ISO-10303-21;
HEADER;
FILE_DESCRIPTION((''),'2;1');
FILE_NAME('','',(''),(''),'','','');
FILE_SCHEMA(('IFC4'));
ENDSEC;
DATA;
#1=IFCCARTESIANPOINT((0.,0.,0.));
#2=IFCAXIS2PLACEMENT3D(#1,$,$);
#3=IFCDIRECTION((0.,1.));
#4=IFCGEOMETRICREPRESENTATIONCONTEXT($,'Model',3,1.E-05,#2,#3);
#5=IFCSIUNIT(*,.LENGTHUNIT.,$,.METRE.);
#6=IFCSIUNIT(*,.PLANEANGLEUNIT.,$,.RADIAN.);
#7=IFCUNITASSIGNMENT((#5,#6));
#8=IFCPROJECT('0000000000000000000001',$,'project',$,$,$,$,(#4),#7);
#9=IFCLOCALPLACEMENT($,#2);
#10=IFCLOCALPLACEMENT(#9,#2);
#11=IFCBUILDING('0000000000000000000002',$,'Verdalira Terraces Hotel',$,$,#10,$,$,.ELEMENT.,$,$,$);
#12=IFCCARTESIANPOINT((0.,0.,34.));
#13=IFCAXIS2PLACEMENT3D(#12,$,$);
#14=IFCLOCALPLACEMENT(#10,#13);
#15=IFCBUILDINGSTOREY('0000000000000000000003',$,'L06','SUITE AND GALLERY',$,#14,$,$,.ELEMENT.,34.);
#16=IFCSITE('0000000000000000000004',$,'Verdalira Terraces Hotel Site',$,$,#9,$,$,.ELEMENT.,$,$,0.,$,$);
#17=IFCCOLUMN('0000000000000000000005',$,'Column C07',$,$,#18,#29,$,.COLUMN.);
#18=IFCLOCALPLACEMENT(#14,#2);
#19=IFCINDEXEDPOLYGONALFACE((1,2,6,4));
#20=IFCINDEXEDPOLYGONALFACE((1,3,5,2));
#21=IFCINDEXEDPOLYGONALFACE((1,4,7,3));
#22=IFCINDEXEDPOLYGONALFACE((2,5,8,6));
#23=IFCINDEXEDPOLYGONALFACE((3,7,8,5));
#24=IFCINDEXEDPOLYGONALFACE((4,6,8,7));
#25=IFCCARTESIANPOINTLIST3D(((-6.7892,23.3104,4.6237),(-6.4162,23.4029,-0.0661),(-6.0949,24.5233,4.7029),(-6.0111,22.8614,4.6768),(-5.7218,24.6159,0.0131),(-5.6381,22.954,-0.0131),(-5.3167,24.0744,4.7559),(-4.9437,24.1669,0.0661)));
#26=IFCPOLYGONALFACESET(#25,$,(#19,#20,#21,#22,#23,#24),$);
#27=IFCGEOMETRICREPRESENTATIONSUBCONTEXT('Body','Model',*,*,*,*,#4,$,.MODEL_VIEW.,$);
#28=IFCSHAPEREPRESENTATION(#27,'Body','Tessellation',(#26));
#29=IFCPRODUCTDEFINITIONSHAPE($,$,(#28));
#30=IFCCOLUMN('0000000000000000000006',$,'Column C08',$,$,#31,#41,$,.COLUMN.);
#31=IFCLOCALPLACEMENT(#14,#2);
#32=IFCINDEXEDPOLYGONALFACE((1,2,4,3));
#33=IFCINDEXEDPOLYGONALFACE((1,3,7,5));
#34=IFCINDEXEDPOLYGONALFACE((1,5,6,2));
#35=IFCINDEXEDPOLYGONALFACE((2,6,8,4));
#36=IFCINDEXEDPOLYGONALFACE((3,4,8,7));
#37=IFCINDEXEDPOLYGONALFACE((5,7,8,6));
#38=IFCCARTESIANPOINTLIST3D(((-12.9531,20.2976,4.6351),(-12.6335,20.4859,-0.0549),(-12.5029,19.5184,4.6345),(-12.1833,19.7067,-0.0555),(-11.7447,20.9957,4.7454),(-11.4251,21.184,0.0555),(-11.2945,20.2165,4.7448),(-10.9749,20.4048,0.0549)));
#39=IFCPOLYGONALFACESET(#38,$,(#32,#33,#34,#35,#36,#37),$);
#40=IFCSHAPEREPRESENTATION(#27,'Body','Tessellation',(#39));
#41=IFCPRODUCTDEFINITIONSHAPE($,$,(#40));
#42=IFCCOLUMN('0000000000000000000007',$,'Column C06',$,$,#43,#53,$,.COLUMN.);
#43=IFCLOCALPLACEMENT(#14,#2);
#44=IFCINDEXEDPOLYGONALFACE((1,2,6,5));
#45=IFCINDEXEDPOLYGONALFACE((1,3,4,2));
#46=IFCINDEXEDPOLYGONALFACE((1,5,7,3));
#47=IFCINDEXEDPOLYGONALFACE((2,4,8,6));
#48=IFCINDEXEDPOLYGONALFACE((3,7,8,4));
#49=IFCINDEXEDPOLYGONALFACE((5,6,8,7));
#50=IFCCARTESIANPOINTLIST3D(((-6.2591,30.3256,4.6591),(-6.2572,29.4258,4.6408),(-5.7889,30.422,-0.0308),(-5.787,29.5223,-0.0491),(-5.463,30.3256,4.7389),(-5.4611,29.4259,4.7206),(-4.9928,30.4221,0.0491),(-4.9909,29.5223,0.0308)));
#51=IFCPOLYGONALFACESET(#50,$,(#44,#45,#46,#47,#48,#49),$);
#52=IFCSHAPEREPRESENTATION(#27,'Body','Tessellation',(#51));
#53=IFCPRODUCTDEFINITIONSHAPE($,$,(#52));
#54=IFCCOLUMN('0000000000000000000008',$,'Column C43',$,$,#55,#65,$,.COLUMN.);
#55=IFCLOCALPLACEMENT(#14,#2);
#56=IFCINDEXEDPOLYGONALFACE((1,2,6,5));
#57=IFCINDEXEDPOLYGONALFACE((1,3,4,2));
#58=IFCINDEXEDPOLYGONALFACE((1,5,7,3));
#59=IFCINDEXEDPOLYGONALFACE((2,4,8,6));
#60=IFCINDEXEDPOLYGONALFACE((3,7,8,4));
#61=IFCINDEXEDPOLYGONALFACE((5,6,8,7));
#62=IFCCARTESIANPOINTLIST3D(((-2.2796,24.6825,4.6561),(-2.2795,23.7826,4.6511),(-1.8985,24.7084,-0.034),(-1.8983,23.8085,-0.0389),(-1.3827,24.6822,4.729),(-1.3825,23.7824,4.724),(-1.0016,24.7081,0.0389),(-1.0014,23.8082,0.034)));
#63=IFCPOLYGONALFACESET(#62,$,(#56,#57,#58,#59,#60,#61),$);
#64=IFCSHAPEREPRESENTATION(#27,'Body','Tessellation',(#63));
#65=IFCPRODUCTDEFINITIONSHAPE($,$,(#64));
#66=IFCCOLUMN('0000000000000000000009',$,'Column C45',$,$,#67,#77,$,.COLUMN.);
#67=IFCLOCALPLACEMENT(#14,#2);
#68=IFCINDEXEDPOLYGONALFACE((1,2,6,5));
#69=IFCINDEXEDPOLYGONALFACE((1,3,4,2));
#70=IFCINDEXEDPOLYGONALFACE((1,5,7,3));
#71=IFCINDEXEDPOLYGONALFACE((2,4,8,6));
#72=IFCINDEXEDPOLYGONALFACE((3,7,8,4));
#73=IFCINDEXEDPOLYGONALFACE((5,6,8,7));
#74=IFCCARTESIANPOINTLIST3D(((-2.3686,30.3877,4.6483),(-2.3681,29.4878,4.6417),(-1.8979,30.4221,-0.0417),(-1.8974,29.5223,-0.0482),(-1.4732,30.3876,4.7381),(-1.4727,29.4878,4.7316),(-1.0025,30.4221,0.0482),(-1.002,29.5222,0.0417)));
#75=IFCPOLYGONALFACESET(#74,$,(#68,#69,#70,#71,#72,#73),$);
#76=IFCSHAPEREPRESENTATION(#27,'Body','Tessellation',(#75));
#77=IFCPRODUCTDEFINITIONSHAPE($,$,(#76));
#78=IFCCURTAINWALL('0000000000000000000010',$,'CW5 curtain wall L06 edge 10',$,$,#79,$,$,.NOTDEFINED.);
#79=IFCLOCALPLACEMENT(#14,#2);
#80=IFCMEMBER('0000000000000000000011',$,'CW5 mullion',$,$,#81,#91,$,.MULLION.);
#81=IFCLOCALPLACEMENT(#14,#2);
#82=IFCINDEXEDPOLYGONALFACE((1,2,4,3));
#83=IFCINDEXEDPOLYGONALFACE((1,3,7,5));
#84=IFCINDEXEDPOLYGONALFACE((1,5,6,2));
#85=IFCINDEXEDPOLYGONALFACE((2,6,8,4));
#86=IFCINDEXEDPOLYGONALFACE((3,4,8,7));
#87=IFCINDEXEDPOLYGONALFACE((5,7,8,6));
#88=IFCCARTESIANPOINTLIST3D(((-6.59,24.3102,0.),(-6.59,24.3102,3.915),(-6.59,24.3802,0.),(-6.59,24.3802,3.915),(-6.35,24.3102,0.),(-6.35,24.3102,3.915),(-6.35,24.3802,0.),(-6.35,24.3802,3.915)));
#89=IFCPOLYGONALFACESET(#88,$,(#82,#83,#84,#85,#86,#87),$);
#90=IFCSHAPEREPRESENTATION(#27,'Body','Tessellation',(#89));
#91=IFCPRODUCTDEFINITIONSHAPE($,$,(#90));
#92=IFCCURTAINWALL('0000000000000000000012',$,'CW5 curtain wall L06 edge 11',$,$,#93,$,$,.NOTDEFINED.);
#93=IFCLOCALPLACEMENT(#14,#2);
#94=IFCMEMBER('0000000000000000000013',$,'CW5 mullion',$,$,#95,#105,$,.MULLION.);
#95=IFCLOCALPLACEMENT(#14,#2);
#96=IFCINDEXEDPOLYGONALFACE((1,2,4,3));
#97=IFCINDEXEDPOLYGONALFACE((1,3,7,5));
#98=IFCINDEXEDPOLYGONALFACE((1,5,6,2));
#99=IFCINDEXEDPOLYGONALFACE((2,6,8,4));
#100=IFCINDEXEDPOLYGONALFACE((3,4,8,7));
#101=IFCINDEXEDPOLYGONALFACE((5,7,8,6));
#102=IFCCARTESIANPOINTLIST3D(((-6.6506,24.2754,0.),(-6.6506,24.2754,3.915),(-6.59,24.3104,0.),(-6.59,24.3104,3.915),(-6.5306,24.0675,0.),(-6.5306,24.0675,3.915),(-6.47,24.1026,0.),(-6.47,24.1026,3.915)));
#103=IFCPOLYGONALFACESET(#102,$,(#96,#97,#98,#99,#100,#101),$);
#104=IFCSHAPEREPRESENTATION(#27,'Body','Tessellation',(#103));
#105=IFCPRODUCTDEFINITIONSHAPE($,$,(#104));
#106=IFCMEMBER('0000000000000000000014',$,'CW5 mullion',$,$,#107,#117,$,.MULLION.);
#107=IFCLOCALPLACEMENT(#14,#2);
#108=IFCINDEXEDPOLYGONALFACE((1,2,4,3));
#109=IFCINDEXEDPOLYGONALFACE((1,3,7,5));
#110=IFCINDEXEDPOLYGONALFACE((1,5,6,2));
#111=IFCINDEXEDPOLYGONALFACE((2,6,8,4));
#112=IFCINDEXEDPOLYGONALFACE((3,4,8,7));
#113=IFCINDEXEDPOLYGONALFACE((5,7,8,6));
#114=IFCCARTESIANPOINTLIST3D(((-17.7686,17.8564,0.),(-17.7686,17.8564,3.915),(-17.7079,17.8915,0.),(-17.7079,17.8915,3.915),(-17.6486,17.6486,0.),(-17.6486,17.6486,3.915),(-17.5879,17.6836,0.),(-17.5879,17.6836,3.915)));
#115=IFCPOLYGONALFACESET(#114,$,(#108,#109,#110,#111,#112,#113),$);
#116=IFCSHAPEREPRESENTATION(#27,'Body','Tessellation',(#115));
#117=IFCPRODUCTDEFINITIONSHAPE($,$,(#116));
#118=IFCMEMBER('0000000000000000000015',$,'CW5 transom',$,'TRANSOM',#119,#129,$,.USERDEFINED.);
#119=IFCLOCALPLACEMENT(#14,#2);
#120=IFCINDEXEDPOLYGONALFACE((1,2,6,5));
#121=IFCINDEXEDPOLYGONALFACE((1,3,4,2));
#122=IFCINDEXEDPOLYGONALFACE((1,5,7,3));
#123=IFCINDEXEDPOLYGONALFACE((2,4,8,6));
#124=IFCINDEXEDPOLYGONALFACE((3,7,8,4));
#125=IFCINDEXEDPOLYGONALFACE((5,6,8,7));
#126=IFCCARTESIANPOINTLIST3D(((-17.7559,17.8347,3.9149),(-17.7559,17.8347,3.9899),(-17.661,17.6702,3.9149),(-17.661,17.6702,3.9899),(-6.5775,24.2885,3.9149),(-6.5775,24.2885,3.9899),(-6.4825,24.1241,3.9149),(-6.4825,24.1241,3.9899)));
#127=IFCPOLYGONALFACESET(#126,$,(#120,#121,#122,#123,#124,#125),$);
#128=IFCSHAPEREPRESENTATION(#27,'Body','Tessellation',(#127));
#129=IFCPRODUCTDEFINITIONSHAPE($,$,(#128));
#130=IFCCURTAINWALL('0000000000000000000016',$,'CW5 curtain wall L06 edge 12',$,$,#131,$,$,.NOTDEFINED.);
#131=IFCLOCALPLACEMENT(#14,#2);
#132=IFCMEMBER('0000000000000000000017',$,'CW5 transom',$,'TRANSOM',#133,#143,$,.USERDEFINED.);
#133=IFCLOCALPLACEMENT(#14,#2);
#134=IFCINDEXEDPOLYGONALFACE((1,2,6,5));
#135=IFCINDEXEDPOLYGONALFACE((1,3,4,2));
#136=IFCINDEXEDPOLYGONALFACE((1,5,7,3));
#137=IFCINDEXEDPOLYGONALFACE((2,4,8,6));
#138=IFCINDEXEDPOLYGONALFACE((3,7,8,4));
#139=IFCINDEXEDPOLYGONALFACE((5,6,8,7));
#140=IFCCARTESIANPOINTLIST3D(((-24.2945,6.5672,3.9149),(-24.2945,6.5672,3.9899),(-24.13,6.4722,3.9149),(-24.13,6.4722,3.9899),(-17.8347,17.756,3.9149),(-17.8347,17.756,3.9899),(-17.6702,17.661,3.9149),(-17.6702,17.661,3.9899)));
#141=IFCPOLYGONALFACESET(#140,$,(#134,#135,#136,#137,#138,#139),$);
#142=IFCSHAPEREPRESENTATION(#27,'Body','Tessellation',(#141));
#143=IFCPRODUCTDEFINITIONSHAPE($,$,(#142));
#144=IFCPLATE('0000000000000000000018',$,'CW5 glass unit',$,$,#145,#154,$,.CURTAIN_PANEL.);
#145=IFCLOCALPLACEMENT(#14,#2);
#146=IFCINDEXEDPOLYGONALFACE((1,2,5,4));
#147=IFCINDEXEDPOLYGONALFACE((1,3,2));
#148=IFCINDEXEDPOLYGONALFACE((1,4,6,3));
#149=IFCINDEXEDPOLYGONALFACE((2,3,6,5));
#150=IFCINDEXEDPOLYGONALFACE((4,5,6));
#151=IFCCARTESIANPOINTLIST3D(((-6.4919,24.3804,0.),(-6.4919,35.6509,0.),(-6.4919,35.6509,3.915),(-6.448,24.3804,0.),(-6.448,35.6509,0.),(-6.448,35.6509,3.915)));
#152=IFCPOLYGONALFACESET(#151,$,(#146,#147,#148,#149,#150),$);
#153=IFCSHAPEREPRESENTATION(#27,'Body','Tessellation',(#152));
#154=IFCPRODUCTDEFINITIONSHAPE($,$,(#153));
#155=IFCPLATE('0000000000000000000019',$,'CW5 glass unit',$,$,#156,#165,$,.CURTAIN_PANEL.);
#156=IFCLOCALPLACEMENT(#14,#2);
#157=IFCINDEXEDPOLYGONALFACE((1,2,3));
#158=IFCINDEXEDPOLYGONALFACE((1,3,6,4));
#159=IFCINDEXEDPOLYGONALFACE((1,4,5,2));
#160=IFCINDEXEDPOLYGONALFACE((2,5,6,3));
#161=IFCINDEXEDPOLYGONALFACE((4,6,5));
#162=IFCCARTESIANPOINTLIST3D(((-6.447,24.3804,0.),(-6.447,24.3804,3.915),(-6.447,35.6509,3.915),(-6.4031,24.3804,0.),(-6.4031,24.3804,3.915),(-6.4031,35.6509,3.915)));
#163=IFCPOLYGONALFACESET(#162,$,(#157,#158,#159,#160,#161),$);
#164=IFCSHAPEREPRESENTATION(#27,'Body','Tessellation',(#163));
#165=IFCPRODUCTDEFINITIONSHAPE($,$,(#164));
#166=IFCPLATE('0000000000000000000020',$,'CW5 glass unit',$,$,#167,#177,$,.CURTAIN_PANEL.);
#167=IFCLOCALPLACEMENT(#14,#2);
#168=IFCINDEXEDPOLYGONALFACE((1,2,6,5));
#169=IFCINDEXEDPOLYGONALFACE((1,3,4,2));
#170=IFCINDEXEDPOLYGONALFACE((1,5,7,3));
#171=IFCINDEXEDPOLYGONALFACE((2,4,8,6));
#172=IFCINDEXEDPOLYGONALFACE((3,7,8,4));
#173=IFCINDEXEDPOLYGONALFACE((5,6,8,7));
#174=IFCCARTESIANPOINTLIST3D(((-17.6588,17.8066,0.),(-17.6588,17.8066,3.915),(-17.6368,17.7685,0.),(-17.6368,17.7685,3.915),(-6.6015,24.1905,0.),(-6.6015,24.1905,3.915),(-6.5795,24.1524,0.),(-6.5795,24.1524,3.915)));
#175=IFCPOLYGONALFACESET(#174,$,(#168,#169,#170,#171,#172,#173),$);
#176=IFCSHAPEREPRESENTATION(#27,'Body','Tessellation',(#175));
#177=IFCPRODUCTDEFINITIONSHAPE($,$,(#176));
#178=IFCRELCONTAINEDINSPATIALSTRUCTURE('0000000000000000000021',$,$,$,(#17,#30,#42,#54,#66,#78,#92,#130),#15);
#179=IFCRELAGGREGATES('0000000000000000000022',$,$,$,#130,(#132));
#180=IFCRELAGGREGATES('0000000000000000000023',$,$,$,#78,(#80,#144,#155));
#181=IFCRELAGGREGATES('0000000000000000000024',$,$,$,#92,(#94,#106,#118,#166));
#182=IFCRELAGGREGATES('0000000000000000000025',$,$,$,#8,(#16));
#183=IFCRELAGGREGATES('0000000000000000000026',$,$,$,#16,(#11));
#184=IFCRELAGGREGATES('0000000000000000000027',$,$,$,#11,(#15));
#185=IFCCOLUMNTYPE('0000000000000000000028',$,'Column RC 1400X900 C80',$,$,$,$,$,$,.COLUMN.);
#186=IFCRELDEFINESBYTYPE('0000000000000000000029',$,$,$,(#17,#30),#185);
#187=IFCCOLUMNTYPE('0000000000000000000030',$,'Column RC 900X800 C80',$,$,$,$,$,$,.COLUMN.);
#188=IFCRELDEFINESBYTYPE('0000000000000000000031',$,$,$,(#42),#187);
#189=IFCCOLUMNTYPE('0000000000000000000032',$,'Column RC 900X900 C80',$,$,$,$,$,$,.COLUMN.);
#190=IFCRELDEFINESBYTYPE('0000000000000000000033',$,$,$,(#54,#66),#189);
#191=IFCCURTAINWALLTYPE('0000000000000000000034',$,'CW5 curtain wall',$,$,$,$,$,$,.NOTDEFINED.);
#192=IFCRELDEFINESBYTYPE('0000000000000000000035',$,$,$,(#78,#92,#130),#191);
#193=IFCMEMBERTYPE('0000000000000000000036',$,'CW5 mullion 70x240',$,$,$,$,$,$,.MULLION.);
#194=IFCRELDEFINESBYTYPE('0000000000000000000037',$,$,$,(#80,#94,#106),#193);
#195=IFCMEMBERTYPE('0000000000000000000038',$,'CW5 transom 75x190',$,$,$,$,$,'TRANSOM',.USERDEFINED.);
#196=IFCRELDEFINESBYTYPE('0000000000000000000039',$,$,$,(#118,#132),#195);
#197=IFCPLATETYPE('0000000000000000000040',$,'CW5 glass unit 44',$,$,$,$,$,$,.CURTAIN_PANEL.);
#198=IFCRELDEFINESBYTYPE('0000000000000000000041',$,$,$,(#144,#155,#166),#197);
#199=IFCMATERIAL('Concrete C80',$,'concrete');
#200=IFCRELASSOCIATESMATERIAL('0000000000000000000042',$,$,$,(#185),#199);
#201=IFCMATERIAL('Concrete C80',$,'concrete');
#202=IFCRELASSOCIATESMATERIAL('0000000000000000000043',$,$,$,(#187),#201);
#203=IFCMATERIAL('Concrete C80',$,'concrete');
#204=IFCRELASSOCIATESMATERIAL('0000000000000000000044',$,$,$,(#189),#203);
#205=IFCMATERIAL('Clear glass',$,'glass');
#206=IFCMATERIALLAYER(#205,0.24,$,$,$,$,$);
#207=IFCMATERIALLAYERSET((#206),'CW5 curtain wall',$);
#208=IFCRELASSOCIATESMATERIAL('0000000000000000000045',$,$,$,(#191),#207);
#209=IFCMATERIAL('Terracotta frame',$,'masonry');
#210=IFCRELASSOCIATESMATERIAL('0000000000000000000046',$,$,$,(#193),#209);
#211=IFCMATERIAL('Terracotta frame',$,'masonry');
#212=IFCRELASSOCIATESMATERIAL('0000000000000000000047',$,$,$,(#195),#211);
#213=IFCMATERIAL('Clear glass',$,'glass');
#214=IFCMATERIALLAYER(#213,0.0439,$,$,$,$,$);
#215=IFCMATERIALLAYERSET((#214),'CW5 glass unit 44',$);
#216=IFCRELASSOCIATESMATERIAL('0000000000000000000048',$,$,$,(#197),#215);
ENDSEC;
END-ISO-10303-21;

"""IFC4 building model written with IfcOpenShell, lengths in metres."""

from ifc_helpers import new_model, si_unit, direction, frame, origin, origin_2d, place, context, subcontext, project, spatial, polyline, rectangle, outline, extrude, material, layer, layer_set, material_profile, profile_set, type_object, element, aggregate, save


model = new_model("IFC4")

# Units and contexts
model_context = context("Model", 3, precision=1e-05, world=origin(), true_north=direction((0.0, 1.0)))
body_context = subcontext(model_context, "Body", "Model", "MODEL_VIEW")
ifc_project = project(units=[si_unit("LENGTHUNIT", "METRE"), si_unit("PLANEANGLEUNIT", "RADIAN")], contexts=[model_context])

# Site, building, storey
site_placement = place(None, origin())
site = spatial("IfcSite", under=ifc_project, at=site_placement, Name="Verdalira Terraces Hotel Site", CompositionType="ELEMENT", RefElevation=0.0)
building_placement = place(site_placement, origin())
building = spatial("IfcBuilding", under=site, at=building_placement, Name="Verdalira Terraces Hotel", CompositionType="ELEMENT")
storey_placement = place(building_placement, frame((0.0, 0.0, 34.0)))
storey = spatial("IfcBuildingStorey", under=building, at=storey_placement, Name="L06", Description="SUITE AND GALLERY", CompositionType="ELEMENT", Elevation=34.0)

# Columns
ifc_material_1 = material(Name="Concrete C80", Category="concrete")
ifc_material_profile_1 = material_profile(ifc_material_1, rectangle(XDim=1.3999, YDim=0.8999, at=origin_2d()), Name="RC 1400X900")
ifc_profile_set_1 = profile_set([ifc_material_profile_1], Name="Concrete C80")
column_type_1 = type_object("IfcColumnType", Name="Column RC 1400X900 C80", PredefinedType="COLUMN", material=ifc_profile_set_1)
column_1_placement = place(storey_placement, frame((-5.6799, 23.7849, 0.0), z_axis=(-0.079276, -0.019663, 0.996659), x_axis=(0.496015, 0.86647, 0.056549)))
element("IfcColumn", 1, at=column_1_placement, inside=storey, type_object=column_type_1, Name="Column C07", PredefinedType="COLUMN", context=body_context, shape_type="SweptSolid", body=[
    extrude(rectangle(XDim=1.3999, YDim=0.8999, at=origin_2d()), origin(), (0.0, 0.0, 1.0), 4.7056),
])
column_2_placement = place(storey_placement, frame((-11.8042, 20.4453, 0.0), z_axis=(-0.06793, -0.04001, 0.996888), x_axis=(-0.863199, -0.498671, -0.078834)))
element("IfcColumn", 2, at=column_2_placement, inside=storey, type_object=column_type_1, Name="Column C08", PredefinedType="COLUMN", context=body_context, shape_type="SweptSolid", body=[
    extrude(rectangle(XDim=1.3999, YDim=0.8999, at=origin_2d()), origin(), (0.0, 0.0, 1.0), 4.7046),
])
ifc_material_2 = material(Name="Concrete C80", Category="concrete")
ifc_material_profile_2 = material_profile(ifc_material_2, rectangle(XDim=0.8999, YDim=0.8, at=origin_2d()), Name="RC 900X800")
ifc_profile_set_2 = profile_set([ifc_material_profile_2], Name="Concrete C80")
column_type_2 = type_object("IfcColumnType", Name="Column RC 900X800 C80", PredefinedType="COLUMN", material=ifc_profile_set_2)
column_3_placement = place(storey_placement, frame((-5.3899, 29.9722, 0.0), z_axis=(-0.099739, -0.020455, 0.994803), x_axis=(0.002132, -0.999791, -0.020344)))
element("IfcColumn", 3, at=column_3_placement, inside=storey, type_object=column_type_2, Name="Column C06", PredefinedType="COLUMN", context=body_context, shape_type="SweptSolid", body=[
    extrude(rectangle(XDim=0.8999, YDim=0.8, at=origin_2d()), origin(), (0.0, 0.0, 1.0), 4.7144),
])
ifc_material_3 = material(Name="Concrete C80", Category="concrete")
ifc_material_profile_3 = material_profile(ifc_material_3, rectangle(XDim=0.8999, YDim=0.8999, at=origin_2d()), Name="RC 900X900")
ifc_profile_set_3 = profile_set([ifc_material_profile_3], Name="Concrete C80")
column_type_3 = type_object("IfcColumnType", Name="Column RC 900X900 C80", PredefinedType="COLUMN", material=ifc_profile_set_3)
column_4_placement = place(storey_placement, frame((-1.45, 24.2583, 0.0), z_axis=(-0.080992, -0.0055, 0.9967), x_axis=(-0.000168, 0.999985, 0.005504)))
element("IfcColumn", 4, at=column_4_placement, inside=storey, type_object=column_type_3, Name="Column C43", PredefinedType="COLUMN", context=body_context, shape_type="SweptSolid", body=[
    extrude(rectangle(XDim=0.8999, YDim=0.8999, at=origin_2d()), origin(), (0.0, 0.0, 1.0), 4.7056),
])
column_5_placement = place(storey_placement, frame((-1.45, 29.9722, 0.0), z_axis=(-0.09986, -0.007303, 0.994975), x_axis=(-0.000641, 0.999973, 0.007275)))
element("IfcColumn", 5, at=column_5_placement, inside=storey, type_object=column_type_3, Name="Column C45", PredefinedType="COLUMN", context=body_context, shape_type="SweptSolid", body=[
    extrude(rectangle(XDim=0.8999, YDim=0.8999, at=origin_2d()), origin(), (0.0, 0.0, 1.0), 4.7136),
])

# Curtain wall, member
ifc_material_4 = material(Name="Clear glass", Category="glass")
ifc_layer_1 = layer(ifc_material_4, 0.24)
ifc_layer_set_1 = layer_set([ifc_layer_1], Name="CW5 curtain wall")
curtain_wall_type = type_object("IfcCurtainWallType", Name="CW5 curtain wall", PredefinedType="NOTDEFINED", material=ifc_layer_set_1)
curtain_wall_1_placement = place(storey_placement, origin())
curtain_wall_1 = element("IfcCurtainWall", 6, at=curtain_wall_1_placement, inside=storey, type_object=curtain_wall_type, Name="CW5 curtain wall L06 edge 10", PredefinedType="NOTDEFINED")
ifc_material_5 = material(Name="Terracotta frame", Category="masonry")
ifc_material_profile_4 = material_profile(ifc_material_5, rectangle(XDim=0.0701, YDim=0.24, at=origin_2d()), Name="MU 70x240")
ifc_profile_set_4 = profile_set([ifc_material_profile_4], Name="Terracotta frame")
member_type_1 = type_object("IfcMemberType", Name="CW5 mullion 70x240", PredefinedType="MULLION", material=ifc_profile_set_4)
member_1_placement = place(storey_placement, frame((-6.47, 24.3452, 0.0), z_axis=(0.0, 0.0, 1.0), x_axis=(0.0, -1.0, 0.0)))
member_1 = element("IfcMember", 7, at=member_1_placement, type_object=member_type_1, Name="CW5 mullion", PredefinedType="MULLION", context=body_context, shape_type="SweptSolid", body=[
    extrude(rectangle(XDim=0.0701, YDim=0.24, at=origin_2d()), origin(), (0.0, 0.0, 1.0), 3.915),
])

# Curtain wall, members
curtain_wall_2_placement = place(storey_placement, origin())
curtain_wall_2 = element("IfcCurtainWall", 8, at=curtain_wall_2_placement, inside=storey, type_object=curtain_wall_type, Name="CW5 curtain wall L06 edge 11", PredefinedType="NOTDEFINED")
member_2_placement = place(storey_placement, frame((-6.5603, 24.189, 0.0), z_axis=(0.0, 0.0, 1.0), x_axis=(-0.866025, -0.5, 0.0)))
member_2 = element("IfcMember", 9, at=member_2_placement, type_object=member_type_1, Name="CW5 mullion", PredefinedType="MULLION", context=body_context, shape_type="SweptSolid", body=[
    extrude(rectangle(XDim=0.0701, YDim=0.24, at=origin_2d()), origin(), (0.0, 0.0, 1.0), 3.915),
])
member_3_placement = place(storey_placement, frame((-17.6782, 17.77, 0.0), z_axis=(0.0, 0.0, 1.0), x_axis=(-0.866025, -0.5, 0.0)))
member_3 = element("IfcMember", 10, at=member_3_placement, type_object=member_type_1, Name="CW5 mullion", PredefinedType="MULLION", context=body_context, shape_type="SweptSolid", body=[
    extrude(rectangle(XDim=0.0701, YDim=0.24, at=origin_2d()), origin(), (0.0, 0.0, 1.0), 3.915),
])
ifc_material_6 = material(Name="Terracotta frame", Category="masonry")
ifc_material_profile_5 = material_profile(ifc_material_6, rectangle(XDim=0.1899, YDim=0.075, at=origin_2d()), Name="TR 75x190")
ifc_profile_set_5 = profile_set([ifc_material_profile_5], Name="Terracotta frame")
member_type_2 = type_object("IfcMemberType", Name="CW5 transom 75x190", ElementType="TRANSOM", PredefinedType="USERDEFINED", material=ifc_profile_set_5)
member_4_placement = place(storey_placement, frame((-6.53, 24.2063, 3.9524), z_axis=(-0.866027, -0.499998, 0.0), x_axis=(0.499998, -0.866027, 0.0)))
member_4 = element("IfcMember", 11, at=member_4_placement, type_object=member_type_2, Name="CW5 transom", ObjectType="TRANSOM", PredefinedType="USERDEFINED", context=body_context, shape_type="SweptSolid", body=[
    extrude(rectangle(XDim=0.1899, YDim=0.075, at=origin_2d()), origin(), (0.0, 0.0, 1.0), 12.9077),
])

# Curtain wall, member
curtain_wall_3_placement = place(storey_placement, origin())
curtain_wall_3 = element("IfcCurtainWall", 12, at=curtain_wall_3_placement, inside=storey, type_object=curtain_wall_type, Name="CW5 curtain wall L06 edge 12", PredefinedType="NOTDEFINED")
member_5_placement = place(storey_placement, frame((-17.7524, 17.7085, 3.9524), z_axis=(-0.499995, -0.866029, 0.0), x_axis=(0.866029, -0.499995, 0.0)))
member_5 = element("IfcMember", 13, at=member_5_placement, type_object=member_type_2, Name="CW5 transom", ObjectType="TRANSOM", PredefinedType="USERDEFINED", context=body_context, shape_type="SweptSolid", body=[
    extrude(rectangle(XDim=0.1899, YDim=0.075, at=origin_2d()), origin(), (0.0, 0.0, 1.0), 12.9197),
])
aggregate(curtain_wall_3, [member_5])

# Plates
ifc_material_7 = material(Name="Clear glass", Category="glass")
ifc_layer_2 = layer(ifc_material_7, 0.0439)
ifc_layer_set_2 = layer_set([ifc_layer_2], Name="CW5 glass unit 44")
plate_type = type_object("IfcPlateType", Name="CW5 glass unit 44", PredefinedType="CURTAIN_PANEL", material=ifc_layer_set_2)
plate_1_placement = place(storey_placement, frame((-6.448, 30.0156, 1.9575), z_axis=(-1.0, 0.0, 0.0), x_axis=(0.0, -1.0, 0.0)))
plate_1 = element("IfcPlate", 14, at=plate_1_placement, type_object=plate_type, Name="CW5 glass unit", PredefinedType="CURTAIN_PANEL", context=body_context, shape_type="SweptSolid", body=[
    extrude(outline(polyline([(-5.6353, -1.9575), (5.6353, -1.9575), (-5.6353, 1.9575), (-5.6353, -1.9575)])), origin(), (0.0, 0.0, 1.0), 0.0439),
])
plate_2_placement = place(storey_placement, frame((-6.4031, 30.0156, 1.9575), z_axis=(-1.0, 0.0, 0.0), x_axis=(0.0, -1.0, 0.0)))
plate_2 = element("IfcPlate", 15, at=plate_2_placement, type_object=plate_type, Name="CW5 glass unit", PredefinedType="CURTAIN_PANEL", context=body_context, shape_type="SweptSolid", body=[
    extrude(outline(polyline([(5.6353, -1.9575), (5.6353, 1.9575), (-5.6353, 1.9575), (5.6353, -1.9575)])), origin(), (0.0, 0.0, 1.0), 0.0439),
])
aggregate(curtain_wall_1, [member_1, plate_1, plate_2])
plate_3_placement = place(storey_placement, frame((-12.1191, 20.9795, 0.0), z_axis=(0.0, 0.0, 1.0), x_axis=(-0.866025, -0.5, 0.0)))
plate_3 = element("IfcPlate", 16, at=plate_3_placement, type_object=plate_type, Name="CW5 glass unit", PredefinedType="CURTAIN_PANEL", context=body_context, shape_type="SweptSolid", body=[
    extrude(rectangle(XDim=12.7678, YDim=0.0439, at=origin_2d()), origin(), (0.0, 0.0, 1.0), 3.915),
])
aggregate(curtain_wall_2, [member_2, member_3, member_4, plate_3])

save(model, "model.ifc")
